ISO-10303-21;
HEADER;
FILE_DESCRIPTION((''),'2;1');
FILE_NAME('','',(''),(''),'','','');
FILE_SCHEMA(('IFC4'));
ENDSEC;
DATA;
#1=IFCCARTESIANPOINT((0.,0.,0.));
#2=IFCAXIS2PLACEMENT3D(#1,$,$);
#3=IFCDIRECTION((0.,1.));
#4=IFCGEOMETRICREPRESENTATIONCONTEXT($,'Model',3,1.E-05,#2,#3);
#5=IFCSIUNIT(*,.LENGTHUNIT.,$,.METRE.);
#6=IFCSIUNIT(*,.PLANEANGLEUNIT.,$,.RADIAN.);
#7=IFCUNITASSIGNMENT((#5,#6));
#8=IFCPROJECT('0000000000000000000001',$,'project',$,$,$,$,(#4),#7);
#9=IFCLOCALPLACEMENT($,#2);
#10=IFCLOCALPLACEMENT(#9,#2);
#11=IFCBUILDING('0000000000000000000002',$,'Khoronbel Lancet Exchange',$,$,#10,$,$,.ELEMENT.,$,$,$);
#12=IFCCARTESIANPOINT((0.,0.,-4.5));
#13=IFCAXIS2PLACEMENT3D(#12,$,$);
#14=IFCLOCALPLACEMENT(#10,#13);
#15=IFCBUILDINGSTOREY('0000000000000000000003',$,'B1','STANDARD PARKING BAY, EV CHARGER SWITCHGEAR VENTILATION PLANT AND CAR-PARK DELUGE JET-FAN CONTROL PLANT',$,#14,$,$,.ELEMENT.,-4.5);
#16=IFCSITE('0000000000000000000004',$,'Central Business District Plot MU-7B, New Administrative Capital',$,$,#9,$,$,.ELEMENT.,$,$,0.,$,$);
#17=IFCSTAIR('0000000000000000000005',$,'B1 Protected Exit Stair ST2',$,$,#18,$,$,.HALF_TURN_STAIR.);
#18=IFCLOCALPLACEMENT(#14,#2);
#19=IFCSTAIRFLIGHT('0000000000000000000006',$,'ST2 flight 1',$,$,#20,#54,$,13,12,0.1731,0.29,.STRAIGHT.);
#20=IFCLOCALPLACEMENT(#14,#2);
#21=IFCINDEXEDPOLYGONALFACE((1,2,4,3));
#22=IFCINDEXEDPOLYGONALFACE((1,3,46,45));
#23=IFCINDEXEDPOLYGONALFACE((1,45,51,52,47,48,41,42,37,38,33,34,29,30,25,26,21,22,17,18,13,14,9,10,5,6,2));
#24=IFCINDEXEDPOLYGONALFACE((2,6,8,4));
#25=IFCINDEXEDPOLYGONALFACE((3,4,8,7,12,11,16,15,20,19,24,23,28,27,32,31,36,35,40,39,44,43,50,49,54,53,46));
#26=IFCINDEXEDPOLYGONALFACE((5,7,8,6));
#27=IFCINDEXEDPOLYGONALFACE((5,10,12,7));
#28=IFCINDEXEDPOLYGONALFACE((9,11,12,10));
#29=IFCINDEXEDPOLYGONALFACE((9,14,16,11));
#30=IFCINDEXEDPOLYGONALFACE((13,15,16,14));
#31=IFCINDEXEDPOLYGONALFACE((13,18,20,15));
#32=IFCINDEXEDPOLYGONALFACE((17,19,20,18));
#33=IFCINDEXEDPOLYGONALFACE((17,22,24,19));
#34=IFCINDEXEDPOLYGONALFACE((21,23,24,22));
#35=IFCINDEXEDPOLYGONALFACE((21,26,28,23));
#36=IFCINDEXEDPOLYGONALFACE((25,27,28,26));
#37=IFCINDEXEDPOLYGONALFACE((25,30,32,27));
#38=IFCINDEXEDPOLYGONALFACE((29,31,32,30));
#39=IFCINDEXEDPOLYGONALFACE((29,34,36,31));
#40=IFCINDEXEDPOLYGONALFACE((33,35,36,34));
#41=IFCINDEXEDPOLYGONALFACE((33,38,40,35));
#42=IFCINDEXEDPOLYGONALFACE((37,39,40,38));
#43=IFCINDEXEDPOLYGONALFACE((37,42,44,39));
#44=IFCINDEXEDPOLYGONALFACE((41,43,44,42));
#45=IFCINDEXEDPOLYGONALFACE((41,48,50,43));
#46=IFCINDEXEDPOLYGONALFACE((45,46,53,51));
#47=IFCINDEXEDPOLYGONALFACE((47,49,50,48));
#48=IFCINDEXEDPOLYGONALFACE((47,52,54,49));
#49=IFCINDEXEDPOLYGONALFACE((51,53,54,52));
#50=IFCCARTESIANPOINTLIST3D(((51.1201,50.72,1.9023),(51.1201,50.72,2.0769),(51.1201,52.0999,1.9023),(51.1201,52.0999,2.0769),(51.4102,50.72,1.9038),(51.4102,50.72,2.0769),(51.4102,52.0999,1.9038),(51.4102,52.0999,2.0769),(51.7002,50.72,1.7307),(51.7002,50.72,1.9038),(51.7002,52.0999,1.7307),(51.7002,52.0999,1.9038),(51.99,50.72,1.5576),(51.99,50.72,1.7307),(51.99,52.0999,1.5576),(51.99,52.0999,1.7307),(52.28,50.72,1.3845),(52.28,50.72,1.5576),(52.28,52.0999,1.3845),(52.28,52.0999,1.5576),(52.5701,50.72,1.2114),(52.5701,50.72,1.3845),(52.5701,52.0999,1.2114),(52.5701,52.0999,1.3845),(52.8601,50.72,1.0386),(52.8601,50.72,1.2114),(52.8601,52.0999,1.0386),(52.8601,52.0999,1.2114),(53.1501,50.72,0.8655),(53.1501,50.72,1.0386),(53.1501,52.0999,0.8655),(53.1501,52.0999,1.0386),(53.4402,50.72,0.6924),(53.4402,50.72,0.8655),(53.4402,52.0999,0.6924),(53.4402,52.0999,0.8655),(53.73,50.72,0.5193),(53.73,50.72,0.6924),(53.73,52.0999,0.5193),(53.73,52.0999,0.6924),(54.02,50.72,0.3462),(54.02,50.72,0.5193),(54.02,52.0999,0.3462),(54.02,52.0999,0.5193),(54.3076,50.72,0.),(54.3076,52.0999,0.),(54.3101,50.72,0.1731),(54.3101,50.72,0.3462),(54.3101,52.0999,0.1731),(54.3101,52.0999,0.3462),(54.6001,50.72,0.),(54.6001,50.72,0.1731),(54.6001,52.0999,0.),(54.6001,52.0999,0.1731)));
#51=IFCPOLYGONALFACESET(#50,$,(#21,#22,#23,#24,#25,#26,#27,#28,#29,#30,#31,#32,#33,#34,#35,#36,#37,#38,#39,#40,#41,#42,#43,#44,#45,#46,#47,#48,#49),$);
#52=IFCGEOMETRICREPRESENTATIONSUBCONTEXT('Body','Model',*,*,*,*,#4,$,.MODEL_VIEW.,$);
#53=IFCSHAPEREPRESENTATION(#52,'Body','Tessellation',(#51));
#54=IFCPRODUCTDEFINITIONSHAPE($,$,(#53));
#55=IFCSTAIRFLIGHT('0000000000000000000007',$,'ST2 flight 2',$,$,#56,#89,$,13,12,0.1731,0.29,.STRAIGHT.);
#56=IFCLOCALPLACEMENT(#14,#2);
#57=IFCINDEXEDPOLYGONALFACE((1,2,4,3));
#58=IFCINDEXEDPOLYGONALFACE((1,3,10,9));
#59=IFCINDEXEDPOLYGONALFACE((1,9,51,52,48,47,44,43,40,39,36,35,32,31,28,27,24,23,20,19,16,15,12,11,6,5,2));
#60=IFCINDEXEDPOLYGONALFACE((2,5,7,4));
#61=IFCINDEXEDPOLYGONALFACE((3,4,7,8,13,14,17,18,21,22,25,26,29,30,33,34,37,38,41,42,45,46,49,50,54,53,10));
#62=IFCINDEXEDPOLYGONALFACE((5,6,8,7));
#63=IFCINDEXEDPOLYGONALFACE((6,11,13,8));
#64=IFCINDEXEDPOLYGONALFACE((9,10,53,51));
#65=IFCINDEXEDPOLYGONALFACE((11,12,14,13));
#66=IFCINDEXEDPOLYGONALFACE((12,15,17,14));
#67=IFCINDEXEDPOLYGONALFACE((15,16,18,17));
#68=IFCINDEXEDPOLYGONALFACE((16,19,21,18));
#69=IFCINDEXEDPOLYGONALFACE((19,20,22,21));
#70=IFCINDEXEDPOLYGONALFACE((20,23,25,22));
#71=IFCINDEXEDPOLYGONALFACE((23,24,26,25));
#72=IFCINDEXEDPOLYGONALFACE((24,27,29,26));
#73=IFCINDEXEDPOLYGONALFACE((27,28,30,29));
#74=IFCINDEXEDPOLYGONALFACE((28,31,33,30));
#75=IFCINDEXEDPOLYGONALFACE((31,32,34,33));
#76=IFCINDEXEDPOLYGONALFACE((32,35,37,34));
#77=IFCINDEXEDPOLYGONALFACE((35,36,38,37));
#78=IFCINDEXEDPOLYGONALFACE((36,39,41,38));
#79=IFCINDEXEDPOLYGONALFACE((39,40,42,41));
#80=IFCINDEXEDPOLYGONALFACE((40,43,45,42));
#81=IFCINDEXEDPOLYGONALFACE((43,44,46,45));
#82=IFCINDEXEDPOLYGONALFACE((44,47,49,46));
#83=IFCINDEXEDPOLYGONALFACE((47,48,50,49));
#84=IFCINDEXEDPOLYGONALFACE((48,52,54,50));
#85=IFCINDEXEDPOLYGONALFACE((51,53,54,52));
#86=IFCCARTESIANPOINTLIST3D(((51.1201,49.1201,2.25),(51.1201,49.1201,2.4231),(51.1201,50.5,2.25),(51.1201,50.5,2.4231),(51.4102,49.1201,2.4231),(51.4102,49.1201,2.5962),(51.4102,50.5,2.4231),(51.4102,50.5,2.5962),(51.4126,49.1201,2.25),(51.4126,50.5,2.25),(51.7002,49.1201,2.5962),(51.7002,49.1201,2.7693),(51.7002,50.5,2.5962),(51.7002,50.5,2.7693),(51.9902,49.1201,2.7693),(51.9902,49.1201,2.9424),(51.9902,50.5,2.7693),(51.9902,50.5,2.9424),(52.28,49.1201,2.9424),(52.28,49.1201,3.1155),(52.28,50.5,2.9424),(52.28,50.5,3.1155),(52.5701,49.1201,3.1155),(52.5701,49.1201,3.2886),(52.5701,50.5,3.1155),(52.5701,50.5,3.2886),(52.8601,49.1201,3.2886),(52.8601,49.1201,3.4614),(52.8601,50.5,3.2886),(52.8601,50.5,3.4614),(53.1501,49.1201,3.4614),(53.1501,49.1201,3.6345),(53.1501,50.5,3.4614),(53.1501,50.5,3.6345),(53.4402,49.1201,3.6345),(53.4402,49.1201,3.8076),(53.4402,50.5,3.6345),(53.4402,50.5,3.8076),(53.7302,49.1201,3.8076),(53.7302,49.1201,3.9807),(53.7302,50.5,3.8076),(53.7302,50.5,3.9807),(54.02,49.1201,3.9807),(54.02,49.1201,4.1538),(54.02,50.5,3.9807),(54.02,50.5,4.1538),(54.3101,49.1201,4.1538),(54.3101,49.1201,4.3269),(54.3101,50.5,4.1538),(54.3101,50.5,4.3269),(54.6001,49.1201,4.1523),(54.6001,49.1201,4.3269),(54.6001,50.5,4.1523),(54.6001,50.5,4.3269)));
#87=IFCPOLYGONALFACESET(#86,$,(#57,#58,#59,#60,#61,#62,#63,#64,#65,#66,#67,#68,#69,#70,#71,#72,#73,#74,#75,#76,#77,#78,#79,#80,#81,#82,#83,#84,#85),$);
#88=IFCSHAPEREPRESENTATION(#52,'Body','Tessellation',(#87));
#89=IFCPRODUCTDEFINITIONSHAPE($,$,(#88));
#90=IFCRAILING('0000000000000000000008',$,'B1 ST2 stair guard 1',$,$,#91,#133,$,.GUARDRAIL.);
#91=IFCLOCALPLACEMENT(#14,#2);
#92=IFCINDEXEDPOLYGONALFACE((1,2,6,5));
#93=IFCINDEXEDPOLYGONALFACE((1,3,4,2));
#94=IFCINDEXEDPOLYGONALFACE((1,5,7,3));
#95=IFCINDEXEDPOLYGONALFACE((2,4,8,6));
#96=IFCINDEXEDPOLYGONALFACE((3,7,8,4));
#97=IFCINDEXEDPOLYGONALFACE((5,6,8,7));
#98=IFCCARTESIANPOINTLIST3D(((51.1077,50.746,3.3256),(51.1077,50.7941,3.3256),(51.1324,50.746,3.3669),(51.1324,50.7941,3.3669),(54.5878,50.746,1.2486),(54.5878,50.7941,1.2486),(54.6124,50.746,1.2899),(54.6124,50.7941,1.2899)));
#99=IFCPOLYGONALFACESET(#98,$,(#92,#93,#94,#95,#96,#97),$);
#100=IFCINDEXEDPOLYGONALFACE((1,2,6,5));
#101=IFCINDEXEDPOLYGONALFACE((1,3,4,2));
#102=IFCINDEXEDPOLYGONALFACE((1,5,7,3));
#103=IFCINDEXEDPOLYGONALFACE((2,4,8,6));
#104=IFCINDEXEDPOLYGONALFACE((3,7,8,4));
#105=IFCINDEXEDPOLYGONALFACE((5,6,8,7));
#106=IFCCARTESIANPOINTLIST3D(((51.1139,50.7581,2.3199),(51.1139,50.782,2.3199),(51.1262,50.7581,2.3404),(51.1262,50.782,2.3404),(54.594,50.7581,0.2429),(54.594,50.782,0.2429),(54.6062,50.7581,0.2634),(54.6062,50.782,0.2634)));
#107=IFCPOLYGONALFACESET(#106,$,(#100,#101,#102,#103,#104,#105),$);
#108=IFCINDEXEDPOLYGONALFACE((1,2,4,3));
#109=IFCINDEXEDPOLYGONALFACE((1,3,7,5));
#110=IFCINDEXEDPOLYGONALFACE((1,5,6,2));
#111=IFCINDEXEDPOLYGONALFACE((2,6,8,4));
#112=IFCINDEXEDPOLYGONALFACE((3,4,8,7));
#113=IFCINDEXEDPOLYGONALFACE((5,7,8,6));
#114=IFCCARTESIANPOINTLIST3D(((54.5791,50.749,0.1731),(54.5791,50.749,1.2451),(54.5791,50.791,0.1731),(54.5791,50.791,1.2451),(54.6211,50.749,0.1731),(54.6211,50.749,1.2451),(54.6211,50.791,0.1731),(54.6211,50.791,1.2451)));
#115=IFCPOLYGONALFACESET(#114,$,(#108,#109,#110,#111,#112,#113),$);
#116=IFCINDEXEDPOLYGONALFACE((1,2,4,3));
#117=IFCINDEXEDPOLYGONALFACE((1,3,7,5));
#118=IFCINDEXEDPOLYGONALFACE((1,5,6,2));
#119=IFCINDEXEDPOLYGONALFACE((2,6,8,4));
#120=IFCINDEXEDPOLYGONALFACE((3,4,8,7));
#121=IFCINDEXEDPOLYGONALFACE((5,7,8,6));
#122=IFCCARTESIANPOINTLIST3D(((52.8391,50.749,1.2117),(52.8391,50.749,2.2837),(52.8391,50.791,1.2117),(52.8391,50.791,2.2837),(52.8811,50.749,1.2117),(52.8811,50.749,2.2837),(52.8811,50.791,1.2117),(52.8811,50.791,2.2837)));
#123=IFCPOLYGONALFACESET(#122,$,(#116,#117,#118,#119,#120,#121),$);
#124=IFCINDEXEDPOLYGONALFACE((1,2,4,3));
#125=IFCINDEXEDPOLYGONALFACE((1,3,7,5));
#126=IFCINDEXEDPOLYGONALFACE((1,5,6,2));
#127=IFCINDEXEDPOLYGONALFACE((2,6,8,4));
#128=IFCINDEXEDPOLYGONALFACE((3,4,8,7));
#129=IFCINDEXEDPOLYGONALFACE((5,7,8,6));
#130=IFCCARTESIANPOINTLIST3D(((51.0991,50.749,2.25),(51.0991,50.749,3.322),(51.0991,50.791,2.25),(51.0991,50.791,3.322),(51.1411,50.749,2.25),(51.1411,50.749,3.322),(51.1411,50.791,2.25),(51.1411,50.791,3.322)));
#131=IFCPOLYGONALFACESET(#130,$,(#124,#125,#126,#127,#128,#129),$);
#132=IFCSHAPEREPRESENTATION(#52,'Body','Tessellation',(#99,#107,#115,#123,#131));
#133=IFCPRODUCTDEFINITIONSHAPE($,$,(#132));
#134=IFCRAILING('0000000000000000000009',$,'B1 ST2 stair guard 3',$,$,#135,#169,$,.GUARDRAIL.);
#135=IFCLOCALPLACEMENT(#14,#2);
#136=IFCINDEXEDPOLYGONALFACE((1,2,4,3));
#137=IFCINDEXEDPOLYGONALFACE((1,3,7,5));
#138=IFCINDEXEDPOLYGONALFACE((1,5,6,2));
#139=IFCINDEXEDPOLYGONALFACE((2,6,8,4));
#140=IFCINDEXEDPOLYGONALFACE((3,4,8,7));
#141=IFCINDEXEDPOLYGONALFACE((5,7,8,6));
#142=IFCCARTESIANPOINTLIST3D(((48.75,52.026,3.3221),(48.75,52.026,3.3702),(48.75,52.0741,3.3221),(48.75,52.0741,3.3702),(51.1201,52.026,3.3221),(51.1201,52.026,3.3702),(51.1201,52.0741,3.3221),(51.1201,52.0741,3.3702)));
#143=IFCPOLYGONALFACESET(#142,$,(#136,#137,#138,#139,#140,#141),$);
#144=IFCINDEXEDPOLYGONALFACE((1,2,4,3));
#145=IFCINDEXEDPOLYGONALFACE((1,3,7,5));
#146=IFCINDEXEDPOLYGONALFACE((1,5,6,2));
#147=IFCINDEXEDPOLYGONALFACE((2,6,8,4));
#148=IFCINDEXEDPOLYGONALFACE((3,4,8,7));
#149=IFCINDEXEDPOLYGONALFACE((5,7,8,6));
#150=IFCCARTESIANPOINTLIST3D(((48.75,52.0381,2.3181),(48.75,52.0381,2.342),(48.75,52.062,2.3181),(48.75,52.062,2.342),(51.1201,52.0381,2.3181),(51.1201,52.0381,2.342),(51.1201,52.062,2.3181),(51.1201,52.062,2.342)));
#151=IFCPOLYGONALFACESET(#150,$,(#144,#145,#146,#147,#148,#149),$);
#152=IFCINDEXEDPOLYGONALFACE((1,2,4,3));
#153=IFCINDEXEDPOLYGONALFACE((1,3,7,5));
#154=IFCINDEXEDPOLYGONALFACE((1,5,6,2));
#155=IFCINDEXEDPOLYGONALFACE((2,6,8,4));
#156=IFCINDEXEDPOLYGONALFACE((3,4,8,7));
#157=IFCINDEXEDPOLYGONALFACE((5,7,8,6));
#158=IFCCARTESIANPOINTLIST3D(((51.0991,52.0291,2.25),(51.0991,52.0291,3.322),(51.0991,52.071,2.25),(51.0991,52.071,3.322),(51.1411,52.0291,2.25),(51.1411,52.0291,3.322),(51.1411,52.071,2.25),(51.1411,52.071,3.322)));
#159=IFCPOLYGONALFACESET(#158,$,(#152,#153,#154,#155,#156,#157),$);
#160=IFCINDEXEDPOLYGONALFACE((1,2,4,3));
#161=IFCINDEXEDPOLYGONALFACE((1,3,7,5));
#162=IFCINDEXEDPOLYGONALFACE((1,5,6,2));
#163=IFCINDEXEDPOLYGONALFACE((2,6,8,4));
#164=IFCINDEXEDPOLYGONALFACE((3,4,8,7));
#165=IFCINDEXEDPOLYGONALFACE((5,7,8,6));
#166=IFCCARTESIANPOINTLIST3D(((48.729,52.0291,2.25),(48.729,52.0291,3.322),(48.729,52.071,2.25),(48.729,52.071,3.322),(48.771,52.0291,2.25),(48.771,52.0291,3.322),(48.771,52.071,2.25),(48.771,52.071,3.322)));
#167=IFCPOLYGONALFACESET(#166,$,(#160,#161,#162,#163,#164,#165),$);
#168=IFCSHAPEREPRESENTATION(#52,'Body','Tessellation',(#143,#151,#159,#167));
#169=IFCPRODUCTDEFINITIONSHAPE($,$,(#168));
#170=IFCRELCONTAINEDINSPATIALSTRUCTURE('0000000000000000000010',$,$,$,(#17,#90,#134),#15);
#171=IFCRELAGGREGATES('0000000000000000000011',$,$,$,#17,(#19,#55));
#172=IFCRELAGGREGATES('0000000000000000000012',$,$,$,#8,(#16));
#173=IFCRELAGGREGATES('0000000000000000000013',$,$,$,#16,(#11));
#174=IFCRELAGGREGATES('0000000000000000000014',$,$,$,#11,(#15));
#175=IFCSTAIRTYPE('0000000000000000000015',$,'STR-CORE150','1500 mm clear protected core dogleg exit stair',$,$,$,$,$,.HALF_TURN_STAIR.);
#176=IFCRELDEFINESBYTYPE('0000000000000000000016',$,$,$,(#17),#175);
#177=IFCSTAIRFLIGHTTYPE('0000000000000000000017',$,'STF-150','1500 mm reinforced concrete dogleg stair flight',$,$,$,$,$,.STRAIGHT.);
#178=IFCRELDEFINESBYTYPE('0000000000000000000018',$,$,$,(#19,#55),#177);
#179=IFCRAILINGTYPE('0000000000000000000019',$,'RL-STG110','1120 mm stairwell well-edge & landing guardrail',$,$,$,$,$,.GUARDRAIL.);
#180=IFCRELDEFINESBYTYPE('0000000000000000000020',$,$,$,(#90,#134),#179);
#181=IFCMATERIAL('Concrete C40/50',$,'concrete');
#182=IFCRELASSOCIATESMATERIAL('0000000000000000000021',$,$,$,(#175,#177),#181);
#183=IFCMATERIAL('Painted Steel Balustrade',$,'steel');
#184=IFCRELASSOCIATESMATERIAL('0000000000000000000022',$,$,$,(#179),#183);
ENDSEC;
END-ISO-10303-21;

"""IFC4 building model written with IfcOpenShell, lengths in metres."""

from ifc_helpers import new_model, si_unit, direction, frame, origin, origin_2d, place, context, subcontext, project, spatial, polyline, rectangle, outline, extrude, material, type_object, element, aggregate, save


model = new_model("IFC4")

# Units and contexts
model_context = context("Model", 3, precision=1e-05, world=origin(), true_north=direction((0.0, 1.0)))
body_context = subcontext(model_context, "Body", "Model", "MODEL_VIEW")
ifc_project = project(units=[si_unit("LENGTHUNIT", "METRE"), si_unit("PLANEANGLEUNIT", "RADIAN")], contexts=[model_context])

# Site, building, storey
site_placement = place(None, origin())
site = spatial("IfcSite", under=ifc_project, at=site_placement, Name="Central Business District Plot MU-7B, New Administrative Capital", CompositionType="ELEMENT", RefElevation=0.0)
building_placement = place(site_placement, origin())
building = spatial("IfcBuilding", under=site, at=building_placement, Name="Khoronbel Lancet Exchange", CompositionType="ELEMENT")
storey_placement = place(building_placement, frame((0.0, 0.0, -4.5)))
storey = spatial("IfcBuildingStorey", under=building, at=storey_placement, Name="B1", Description="STANDARD PARKING BAY, EV CHARGER SWITCHGEAR VENTILATION PLANT AND CAR-PARK DELUGE JET-FAN CONTROL PLANT", CompositionType="ELEMENT", Elevation=-4.5)

# Stair, stair flights
ifc_material_1 = material(Name="Concrete C40/50", Category="concrete")
stair_type = type_object("IfcStairType", Name="STR-CORE150", Description="1500 mm clear protected core dogleg exit stair", PredefinedType="HALF_TURN_STAIR", material=ifc_material_1)
stair_placement = place(storey_placement, origin())
stair = element("IfcStair", 1, at=stair_placement, inside=storey, type_object=stair_type, Name="B1 Protected Exit Stair ST2", PredefinedType="HALF_TURN_STAIR")
stair_flight_type = type_object("IfcStairFlightType", Name="STF-150", Description="1500 mm reinforced concrete dogleg stair flight", PredefinedType="STRAIGHT", material=ifc_material_1)
stair_flight_1_placement = place(storey_placement, frame((54.6001, 51.4099, 0.0), z_axis=(0.0, 0.0, 1.0), x_axis=(-1.0, 0.0, 0.0)))
stair_flight_1 = element("IfcStairFlight", 2, at=stair_flight_1_placement, type_object=stair_flight_type, Name="ST2 flight 1", NumberOfRisers=13, NumberOfTreads=12, PredefinedType="STRAIGHT", RiserHeight=0.1731, TreadLength=0.29, context=body_context, shape_type="SweptSolid", body=[
    extrude(outline(polyline([(0.0, 0.0), (0.0, 0.1731), (0.29, 0.1731), (0.29, 0.3462), (0.5801, 0.3462), (0.5801, 0.5193), (0.8701, 0.5193), (0.8701, 0.6924), (1.1599, 0.6924), (1.1599, 0.8655), (1.45, 0.8655), (1.45, 1.0386), (1.74, 1.0386), (1.74, 1.2114), (2.03, 1.2114), (2.03, 1.3845), (2.3201, 1.3845), (2.3201, 1.5576), (2.6101, 1.5576), (2.6101, 1.7307), (2.8999, 1.7307), (2.8999, 1.9038), (3.1899, 1.9038), (3.1899, 2.0769), (3.48, 2.0769), (3.48, 2.25), (3.48, 1.9023), (0.2925, 0.0), (0.0, 0.0)])), frame((0.0, 0.6899, 0.0), z_axis=(0.0, -1.0, 0.0), x_axis=(1.0, 0.0, 0.0)), (0.0, 0.0, 1.0), 1.3799),
])
stair_flight_2_placement = place(storey_placement, frame((51.1201, 49.8101, 2.25), z_axis=(0.0, 0.0, 1.0), x_axis=(1.0, 0.0, 0.0)))
stair_flight_2 = element("IfcStairFlight", 3, at=stair_flight_2_placement, type_object=stair_flight_type, Name="ST2 flight 2", NumberOfRisers=13, NumberOfTreads=12, PredefinedType="STRAIGHT", RiserHeight=0.1731, TreadLength=0.29, context=body_context, shape_type="SweptSolid", body=[
    extrude(outline(polyline([(0.0, 0.0), (0.0, 0.1731), (0.29, 0.1731), (0.29, 0.3462), (0.5801, 0.3462), (0.5801, 0.5193), (0.8701, 0.5193), (0.8701, 0.6924), (1.1599, 0.6924), (1.1599, 0.8655), (1.45, 0.8655), (1.45, 1.0386), (1.74, 1.0386), (1.74, 1.2114), (2.03, 1.2114), (2.03, 1.3845), (2.3201, 1.3845), (2.3201, 1.5576), (2.6101, 1.5576), (2.6101, 1.7307), (2.8999, 1.7307), (2.8999, 1.9038), (3.1899, 1.9038), (3.1899, 2.0769), (3.48, 2.0769), (3.48, 2.25), (3.48, 1.9023), (0.2925, 0.0), (0.0, 0.0)])), frame((0.0, 0.6899, 0.0), z_axis=(0.0, -1.0, 0.0), x_axis=(1.0, 0.0, 0.0)), (0.0, 0.0, 1.0), 1.3799),
])
aggregate(stair, [stair_flight_1, stair_flight_2])

# Railings
ifc_material_2 = material(Name="Painted Steel Balustrade", Category="steel")
railing_type_1 = type_object("IfcRailingType", Name="RL-STG110", Description="1120 mm stairwell well-edge & landing guardrail", PredefinedType="GUARDRAIL", material=ifc_material_2)
railing_1_placement = place(storey_placement, frame((54.6001, 50.77, 0.1731)))
element("IfcRailing", 4, at=railing_1_placement, inside=storey, type_object=railing_type_1, Name="B1 ST2 stair guard 1", PredefinedType="GUARDRAIL", context=body_context, shape_type="SweptSolid", body=[
    extrude(rectangle(XDim=0.0481, YDim=0.0481, at=origin_2d()), frame((0.0, 0.0, 1.0962), z_axis=(-0.858697, 0.0, 0.512483), x_axis=(0.0, -1.0, 0.0)), (0.0, 0.0, 1.0), 4.0527),
    extrude(rectangle(XDim=0.0239, YDim=0.0239, at=origin_2d()), frame((0.0, 0.0, 0.0801), z_axis=(-0.858697, 0.0, 0.512483), x_axis=(0.0, -1.0, 0.0)), (0.0, 0.0, 1.0), 4.0527),
    extrude(rectangle(XDim=0.042, YDim=0.042, at=origin_2d()), origin(), (0.0, 0.0, 1.0), 1.072),
    extrude(rectangle(XDim=0.042, YDim=0.042, at=origin_2d()), frame((-1.74, 0.0, 1.0386)), (0.0, 0.0, 1.0), 1.072),
    extrude(rectangle(XDim=0.042, YDim=0.042, at=origin_2d()), frame((-3.48, 0.0, 2.0769)), (0.0, 0.0, 1.0), 1.072),
])
railing_2_placement = place(storey_placement, frame((51.1201, 52.05, 2.25)))
element("IfcRailing", 5, at=railing_2_placement, inside=storey, type_object=railing_type_1, Name="B1 ST2 stair guard 3", PredefinedType="GUARDRAIL", context=body_context, shape_type="SweptSolid", body=[
    extrude(rectangle(XDim=0.0481, YDim=0.0481, at=origin_2d()), frame((0.0, 0.0, 1.0962), z_axis=(-1.0, 0.0, 0.0), x_axis=(0.0, -1.0, 0.0)), (0.0, 0.0, 1.0), 2.3701),
    extrude(rectangle(XDim=0.0239, YDim=0.0239, at=origin_2d()), frame((0.0, 0.0, 0.0801), z_axis=(-1.0, 0.0, 0.0), x_axis=(0.0, -1.0, 0.0)), (0.0, 0.0, 1.0), 2.3701),
    extrude(rectangle(XDim=0.042, YDim=0.042, at=origin_2d()), origin(), (0.0, 0.0, 1.0), 1.072),
    extrude(rectangle(XDim=0.042, YDim=0.042, at=origin_2d()), frame((-2.3701, 0.0, 0.0)), (0.0, 0.0, 1.0), 1.072),
])

save(model, "model.ifc")
